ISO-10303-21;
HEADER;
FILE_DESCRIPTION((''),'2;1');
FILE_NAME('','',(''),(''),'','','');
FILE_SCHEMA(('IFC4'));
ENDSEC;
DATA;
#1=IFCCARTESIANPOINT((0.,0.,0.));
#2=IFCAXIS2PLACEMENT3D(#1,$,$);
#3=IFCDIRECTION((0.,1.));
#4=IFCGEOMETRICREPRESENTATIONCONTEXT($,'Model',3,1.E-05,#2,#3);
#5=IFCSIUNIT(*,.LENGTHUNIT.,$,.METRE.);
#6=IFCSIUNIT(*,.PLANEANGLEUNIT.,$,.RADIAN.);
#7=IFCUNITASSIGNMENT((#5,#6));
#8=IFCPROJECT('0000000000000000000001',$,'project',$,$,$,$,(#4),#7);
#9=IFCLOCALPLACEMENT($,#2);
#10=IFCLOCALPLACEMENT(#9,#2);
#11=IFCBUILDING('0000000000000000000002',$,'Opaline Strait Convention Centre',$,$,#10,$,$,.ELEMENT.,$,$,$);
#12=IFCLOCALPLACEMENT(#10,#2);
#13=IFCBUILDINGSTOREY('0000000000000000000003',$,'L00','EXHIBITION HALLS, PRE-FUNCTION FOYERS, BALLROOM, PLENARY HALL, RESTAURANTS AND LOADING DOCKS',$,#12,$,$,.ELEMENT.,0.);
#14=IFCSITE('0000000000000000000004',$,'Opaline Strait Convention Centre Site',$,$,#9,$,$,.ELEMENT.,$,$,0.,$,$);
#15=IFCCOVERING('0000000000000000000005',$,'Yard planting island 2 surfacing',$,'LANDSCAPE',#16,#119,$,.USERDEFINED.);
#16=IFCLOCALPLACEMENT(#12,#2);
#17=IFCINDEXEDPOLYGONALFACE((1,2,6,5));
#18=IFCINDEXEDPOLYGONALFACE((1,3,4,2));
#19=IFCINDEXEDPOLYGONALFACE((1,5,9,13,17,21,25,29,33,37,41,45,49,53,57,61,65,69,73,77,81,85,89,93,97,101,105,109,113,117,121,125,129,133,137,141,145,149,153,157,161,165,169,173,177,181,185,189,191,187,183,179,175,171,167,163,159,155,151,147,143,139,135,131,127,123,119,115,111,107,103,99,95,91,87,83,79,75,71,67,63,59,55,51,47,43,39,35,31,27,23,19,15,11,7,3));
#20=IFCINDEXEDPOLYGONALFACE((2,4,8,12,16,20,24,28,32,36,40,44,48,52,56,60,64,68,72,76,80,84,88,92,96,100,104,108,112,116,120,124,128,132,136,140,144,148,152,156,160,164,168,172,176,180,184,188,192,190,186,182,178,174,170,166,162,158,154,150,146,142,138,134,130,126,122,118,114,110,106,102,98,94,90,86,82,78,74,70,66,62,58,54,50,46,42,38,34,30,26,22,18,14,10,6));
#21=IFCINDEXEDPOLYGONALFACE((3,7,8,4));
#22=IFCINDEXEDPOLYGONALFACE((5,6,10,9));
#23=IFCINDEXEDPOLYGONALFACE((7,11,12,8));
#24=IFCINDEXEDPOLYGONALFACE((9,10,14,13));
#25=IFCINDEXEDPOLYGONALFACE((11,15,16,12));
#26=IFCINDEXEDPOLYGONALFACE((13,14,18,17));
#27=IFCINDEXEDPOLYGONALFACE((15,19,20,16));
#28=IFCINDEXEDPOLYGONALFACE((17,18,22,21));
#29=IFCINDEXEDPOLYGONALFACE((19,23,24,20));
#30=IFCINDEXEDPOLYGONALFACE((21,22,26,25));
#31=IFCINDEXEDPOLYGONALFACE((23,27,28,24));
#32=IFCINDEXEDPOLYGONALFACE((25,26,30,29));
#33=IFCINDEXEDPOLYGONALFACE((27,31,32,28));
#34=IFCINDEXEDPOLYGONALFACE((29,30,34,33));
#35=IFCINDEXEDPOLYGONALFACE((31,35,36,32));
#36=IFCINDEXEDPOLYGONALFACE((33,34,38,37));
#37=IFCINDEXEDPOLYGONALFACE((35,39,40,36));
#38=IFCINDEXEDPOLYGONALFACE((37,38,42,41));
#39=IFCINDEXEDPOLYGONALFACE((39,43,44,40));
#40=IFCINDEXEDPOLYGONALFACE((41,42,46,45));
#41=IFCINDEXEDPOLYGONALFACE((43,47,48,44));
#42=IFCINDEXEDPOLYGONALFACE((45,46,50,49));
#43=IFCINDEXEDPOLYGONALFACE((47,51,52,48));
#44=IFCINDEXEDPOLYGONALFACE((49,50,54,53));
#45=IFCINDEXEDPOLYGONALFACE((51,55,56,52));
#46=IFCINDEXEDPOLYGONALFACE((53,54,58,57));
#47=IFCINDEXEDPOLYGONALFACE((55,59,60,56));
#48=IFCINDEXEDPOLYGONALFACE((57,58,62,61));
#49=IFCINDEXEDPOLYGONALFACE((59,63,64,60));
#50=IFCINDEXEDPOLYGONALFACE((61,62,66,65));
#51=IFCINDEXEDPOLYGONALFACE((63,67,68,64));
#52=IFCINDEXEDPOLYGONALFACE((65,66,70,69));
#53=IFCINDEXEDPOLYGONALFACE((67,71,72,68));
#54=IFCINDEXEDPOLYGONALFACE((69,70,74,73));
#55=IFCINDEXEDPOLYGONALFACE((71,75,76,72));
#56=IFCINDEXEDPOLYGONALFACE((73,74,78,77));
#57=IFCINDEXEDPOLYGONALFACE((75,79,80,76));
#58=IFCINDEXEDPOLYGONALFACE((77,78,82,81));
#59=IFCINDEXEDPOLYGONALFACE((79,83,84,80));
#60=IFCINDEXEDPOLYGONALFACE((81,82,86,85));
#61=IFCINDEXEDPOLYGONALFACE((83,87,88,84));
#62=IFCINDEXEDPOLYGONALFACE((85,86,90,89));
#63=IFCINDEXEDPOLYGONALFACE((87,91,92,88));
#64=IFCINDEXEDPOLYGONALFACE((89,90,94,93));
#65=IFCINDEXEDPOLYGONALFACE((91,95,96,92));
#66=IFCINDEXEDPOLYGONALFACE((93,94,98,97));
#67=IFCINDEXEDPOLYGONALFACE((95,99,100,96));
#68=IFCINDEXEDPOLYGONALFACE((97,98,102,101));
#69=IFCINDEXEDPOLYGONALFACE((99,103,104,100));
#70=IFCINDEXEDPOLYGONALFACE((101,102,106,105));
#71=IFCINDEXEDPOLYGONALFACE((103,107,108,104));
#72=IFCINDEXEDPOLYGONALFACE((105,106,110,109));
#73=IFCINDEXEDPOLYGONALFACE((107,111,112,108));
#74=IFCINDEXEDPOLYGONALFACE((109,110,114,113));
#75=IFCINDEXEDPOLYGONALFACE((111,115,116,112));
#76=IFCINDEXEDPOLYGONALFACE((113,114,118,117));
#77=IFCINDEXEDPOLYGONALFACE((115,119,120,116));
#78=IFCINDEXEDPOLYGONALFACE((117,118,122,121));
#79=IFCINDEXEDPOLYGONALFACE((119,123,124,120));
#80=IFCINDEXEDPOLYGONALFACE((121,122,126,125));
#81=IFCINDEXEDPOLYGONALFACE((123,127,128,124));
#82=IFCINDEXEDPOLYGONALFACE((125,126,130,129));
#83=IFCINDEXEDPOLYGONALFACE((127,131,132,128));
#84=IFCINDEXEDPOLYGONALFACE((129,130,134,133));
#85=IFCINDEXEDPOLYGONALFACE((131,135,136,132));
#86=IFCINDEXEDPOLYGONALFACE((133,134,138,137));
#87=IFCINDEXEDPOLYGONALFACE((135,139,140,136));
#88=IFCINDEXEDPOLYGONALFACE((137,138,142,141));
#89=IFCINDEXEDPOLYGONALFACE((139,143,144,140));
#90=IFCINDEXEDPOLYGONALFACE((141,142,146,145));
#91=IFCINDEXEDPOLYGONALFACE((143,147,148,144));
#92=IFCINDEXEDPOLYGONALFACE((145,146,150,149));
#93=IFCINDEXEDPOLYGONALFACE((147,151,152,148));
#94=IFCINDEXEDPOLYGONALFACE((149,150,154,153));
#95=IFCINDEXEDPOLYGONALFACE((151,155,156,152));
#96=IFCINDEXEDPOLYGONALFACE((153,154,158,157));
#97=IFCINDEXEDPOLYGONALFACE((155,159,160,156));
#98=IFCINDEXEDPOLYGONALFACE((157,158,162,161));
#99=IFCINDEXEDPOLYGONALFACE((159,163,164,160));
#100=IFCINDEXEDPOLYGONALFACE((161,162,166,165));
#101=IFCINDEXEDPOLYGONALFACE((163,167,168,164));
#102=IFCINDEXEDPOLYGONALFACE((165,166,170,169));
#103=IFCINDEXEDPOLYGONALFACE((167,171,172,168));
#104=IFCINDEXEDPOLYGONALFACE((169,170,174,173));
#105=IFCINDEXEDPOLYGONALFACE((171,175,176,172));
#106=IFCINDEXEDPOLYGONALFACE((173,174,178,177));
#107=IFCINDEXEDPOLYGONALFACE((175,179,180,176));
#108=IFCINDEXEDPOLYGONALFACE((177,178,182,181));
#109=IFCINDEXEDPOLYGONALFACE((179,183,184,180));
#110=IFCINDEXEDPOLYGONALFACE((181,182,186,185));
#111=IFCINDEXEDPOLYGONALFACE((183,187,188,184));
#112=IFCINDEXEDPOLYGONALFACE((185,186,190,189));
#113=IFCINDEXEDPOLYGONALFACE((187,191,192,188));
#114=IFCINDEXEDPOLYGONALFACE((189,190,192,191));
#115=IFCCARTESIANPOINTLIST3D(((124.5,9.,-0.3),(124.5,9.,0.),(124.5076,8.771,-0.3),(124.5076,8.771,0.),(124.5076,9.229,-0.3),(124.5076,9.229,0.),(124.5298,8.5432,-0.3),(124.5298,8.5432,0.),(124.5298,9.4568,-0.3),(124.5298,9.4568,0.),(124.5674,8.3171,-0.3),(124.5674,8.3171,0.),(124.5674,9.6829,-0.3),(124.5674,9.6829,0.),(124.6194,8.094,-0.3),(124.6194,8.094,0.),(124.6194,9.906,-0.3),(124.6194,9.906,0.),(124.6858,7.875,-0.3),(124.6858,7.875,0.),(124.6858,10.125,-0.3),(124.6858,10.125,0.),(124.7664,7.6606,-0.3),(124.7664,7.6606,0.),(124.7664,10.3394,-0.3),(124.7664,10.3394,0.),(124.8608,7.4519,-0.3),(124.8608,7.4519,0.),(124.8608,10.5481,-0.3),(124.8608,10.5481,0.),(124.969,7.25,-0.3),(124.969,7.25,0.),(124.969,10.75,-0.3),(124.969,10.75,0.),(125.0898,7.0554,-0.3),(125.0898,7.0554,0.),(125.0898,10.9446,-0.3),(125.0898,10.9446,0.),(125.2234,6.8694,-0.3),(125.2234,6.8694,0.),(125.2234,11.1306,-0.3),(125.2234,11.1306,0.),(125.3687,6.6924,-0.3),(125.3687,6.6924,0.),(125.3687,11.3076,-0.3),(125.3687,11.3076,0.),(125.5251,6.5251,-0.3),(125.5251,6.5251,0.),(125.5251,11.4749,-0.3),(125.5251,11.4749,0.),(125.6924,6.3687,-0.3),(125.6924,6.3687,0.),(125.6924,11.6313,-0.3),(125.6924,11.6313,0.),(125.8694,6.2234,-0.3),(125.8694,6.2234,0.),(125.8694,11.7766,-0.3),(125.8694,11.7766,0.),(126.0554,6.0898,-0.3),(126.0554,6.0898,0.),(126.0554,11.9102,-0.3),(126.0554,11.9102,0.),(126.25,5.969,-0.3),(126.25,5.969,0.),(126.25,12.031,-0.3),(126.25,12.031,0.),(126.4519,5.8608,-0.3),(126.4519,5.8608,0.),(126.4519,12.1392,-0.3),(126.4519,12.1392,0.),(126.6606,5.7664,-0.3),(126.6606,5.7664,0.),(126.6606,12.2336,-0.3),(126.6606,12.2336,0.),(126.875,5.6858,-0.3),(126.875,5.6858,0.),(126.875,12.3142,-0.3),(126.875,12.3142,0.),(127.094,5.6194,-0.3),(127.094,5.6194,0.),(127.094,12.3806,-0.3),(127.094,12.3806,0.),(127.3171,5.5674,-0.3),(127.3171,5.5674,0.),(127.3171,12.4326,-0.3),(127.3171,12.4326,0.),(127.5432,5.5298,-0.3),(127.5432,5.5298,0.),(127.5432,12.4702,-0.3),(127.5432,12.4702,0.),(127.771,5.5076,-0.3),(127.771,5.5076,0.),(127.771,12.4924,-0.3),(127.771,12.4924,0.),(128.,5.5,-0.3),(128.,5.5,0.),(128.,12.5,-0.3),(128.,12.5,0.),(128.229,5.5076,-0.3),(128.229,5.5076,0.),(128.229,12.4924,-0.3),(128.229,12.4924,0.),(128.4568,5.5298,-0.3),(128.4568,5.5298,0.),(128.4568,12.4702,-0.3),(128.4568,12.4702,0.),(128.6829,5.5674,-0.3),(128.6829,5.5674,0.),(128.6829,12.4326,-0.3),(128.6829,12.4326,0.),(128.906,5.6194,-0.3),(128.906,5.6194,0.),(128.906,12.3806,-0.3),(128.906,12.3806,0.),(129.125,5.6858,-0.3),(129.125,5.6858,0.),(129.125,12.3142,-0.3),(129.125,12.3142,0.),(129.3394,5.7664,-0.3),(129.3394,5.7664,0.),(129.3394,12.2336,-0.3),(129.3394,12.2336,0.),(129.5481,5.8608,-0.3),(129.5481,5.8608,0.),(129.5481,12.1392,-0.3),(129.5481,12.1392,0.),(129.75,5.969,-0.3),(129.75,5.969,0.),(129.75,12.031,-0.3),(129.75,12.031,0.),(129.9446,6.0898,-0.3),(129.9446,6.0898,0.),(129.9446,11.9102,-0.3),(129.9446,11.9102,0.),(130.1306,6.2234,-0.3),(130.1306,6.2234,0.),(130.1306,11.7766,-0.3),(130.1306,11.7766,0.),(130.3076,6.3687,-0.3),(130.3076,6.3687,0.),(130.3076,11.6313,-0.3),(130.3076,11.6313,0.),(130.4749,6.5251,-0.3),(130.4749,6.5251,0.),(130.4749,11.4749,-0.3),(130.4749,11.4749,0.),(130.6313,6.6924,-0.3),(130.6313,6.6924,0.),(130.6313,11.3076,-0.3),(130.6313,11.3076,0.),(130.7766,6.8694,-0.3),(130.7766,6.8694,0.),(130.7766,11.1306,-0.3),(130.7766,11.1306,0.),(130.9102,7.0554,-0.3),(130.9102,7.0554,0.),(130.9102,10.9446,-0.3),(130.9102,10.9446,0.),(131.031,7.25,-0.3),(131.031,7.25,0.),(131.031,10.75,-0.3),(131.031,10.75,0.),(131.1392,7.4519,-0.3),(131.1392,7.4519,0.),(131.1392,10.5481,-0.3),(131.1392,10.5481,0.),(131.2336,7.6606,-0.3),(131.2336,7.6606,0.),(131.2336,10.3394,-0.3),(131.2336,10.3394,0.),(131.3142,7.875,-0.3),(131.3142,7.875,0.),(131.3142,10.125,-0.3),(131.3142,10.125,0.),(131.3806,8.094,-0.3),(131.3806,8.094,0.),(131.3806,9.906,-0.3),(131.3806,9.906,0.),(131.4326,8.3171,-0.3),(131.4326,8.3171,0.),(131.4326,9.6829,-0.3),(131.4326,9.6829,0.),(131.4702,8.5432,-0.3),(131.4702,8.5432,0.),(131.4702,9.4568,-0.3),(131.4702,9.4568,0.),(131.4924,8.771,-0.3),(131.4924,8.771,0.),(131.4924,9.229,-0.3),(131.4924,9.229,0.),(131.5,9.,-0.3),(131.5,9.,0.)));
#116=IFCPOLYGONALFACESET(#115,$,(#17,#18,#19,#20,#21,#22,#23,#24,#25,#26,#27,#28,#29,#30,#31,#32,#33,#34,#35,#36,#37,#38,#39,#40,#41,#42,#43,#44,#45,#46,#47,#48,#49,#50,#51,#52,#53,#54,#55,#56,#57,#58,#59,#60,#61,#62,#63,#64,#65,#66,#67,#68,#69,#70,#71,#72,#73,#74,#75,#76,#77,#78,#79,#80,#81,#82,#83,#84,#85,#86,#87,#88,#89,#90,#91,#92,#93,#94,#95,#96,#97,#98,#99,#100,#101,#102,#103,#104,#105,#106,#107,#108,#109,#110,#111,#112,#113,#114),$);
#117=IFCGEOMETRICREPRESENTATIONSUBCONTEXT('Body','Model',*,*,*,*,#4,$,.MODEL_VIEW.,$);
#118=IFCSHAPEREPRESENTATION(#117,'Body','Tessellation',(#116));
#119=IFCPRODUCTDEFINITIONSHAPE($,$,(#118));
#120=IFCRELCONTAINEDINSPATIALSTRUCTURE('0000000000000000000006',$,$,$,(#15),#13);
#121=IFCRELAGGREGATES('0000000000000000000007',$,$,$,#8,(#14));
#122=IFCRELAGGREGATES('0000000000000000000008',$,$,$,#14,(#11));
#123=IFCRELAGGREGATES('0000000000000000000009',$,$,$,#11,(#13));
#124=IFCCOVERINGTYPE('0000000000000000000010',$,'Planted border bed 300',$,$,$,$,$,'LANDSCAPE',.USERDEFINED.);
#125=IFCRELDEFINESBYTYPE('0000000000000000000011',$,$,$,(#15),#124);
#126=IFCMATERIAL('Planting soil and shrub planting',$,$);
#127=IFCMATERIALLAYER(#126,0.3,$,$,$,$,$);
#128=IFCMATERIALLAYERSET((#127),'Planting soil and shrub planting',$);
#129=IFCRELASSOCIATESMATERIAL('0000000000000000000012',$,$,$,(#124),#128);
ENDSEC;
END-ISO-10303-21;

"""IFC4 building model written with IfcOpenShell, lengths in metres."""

from ifc_helpers import new_model, si_unit, direction, frame, origin, place, context, subcontext, project, spatial, polyline, outline, extrude, material, layer, layer_set, type_object, element, save


model = new_model("IFC4")

# Units and contexts
model_context = context("Model", 3, precision=1e-05, world=origin(), true_north=direction((0.0, 1.0)))
body_context = subcontext(model_context, "Body", "Model", "MODEL_VIEW")
ifc_project = project(units=[si_unit("LENGTHUNIT", "METRE"), si_unit("PLANEANGLEUNIT", "RADIAN")], contexts=[model_context])

# Site, building, storey
site_placement = place(None, origin())
site = spatial("IfcSite", under=ifc_project, at=site_placement, Name="Opaline Strait Convention Centre Site", CompositionType="ELEMENT", RefElevation=0.0)
building_placement = place(site_placement, origin())
building = spatial("IfcBuilding", under=site, at=building_placement, Name="Opaline Strait Convention Centre", CompositionType="ELEMENT")
storey_placement = place(building_placement, origin())
storey = spatial("IfcBuildingStorey", under=building, at=storey_placement, Name="L00", Description="EXHIBITION HALLS, PRE-FUNCTION FOYERS, BALLROOM, PLENARY HALL, RESTAURANTS AND LOADING DOCKS", CompositionType="ELEMENT", Elevation=0.0)

# Covering
ifc_material_1 = material(Name="Planting soil and shrub planting")
ifc_layer_1 = layer(ifc_material_1, 0.3)
ifc_layer_set_1 = layer_set([ifc_layer_1], Name="Planting soil and shrub planting")
covering_type_1 = type_object("IfcCoveringType", Name="Planted border bed 300", ElementType="LANDSCAPE", PredefinedType="USERDEFINED", material=ifc_layer_set_1)
covering_1_placement = place(storey_placement, frame((0.0, 0.0, -0.3)))
element("IfcCovering", 1, at=covering_1_placement, inside=storey, type_object=covering_type_1, Name="Yard planting island 2 surfacing", ObjectType="LANDSCAPE", PredefinedType="USERDEFINED", context=body_context, shape_type="SweptSolid", body=[
    extrude(outline(polyline([(131.4326, 8.3171), (131.4702, 8.5432), (131.4924, 8.771), (131.5, 9.0), (131.4924, 9.229), (131.4702, 9.4568), (131.4326, 9.6829), (131.3806, 9.906), (131.3142, 10.125), (131.2336, 10.3394), (131.1392, 10.5481), (131.031, 10.75), (130.9102, 10.9446), (130.7766, 11.1306), (130.6313, 11.3076), (130.4749, 11.4749), (130.3076, 11.6313), (130.1306, 11.7766), (129.9446, 11.9102), (129.75, 12.031), (129.5481, 12.1392), (129.3394, 12.2336), (129.125, 12.3142), (128.906, 12.3806), (128.6829, 12.4326), (128.4568, 12.4702), (128.229, 12.4924), (128.0, 12.5), (127.771, 12.4924), (127.5432, 12.4702), (127.3171, 12.4326), (127.094, 12.3806), (126.875, 12.3142), (126.6606, 12.2336), (126.4519, 12.1392), (126.25, 12.031), (126.0554, 11.9102), (125.8694, 11.7766), (125.6924, 11.6313), (125.5251, 11.4749), (125.3687, 11.3076), (125.2234, 11.1306), (125.0898, 10.9446), (124.969, 10.75), (124.8608, 10.5481), (124.7664, 10.3394), (124.6858, 10.125), (124.6194, 9.906), (124.5674, 9.6829), (124.5298, 9.4568), (124.5076, 9.229), (124.5, 9.0), (124.5076, 8.771), (124.5298, 8.5432), (124.5674, 8.3171), (124.6194, 8.094), (124.6858, 7.875), (124.7664, 7.6606), (124.8608, 7.4519), (124.969, 7.25), (125.0898, 7.0554), (125.2234, 6.8694), (125.3687, 6.6924), (125.5251, 6.5251), (125.6924, 6.3687), (125.8694, 6.2234), (126.0554, 6.0898), (126.25, 5.969), (126.4519, 5.8608), (126.6606, 5.7664), (126.875, 5.6858), (127.094, 5.6194), (127.3171, 5.5674), (127.5432, 5.5298), (127.771, 5.5076), (128.0, 5.5), (128.229, 5.5076), (128.4568, 5.5298), (128.6829, 5.5674), (128.906, 5.6194), (129.125, 5.6858), (129.3394, 5.7664), (129.5481, 5.8608), (129.75, 5.969), (129.9446, 6.0898), (130.1306, 6.2234), (130.3076, 6.3687), (130.4749, 6.5251), (130.6313, 6.6924), (130.7766, 6.8694), (130.9102, 7.0554), (131.031, 7.25), (131.1392, 7.4519), (131.2336, 7.6606), (131.3142, 7.875), (131.3806, 8.094), (131.4326, 8.3171)])), origin(), (0.0, 0.0, 1.0), 0.3),
])

save(model, "model.ifc")
